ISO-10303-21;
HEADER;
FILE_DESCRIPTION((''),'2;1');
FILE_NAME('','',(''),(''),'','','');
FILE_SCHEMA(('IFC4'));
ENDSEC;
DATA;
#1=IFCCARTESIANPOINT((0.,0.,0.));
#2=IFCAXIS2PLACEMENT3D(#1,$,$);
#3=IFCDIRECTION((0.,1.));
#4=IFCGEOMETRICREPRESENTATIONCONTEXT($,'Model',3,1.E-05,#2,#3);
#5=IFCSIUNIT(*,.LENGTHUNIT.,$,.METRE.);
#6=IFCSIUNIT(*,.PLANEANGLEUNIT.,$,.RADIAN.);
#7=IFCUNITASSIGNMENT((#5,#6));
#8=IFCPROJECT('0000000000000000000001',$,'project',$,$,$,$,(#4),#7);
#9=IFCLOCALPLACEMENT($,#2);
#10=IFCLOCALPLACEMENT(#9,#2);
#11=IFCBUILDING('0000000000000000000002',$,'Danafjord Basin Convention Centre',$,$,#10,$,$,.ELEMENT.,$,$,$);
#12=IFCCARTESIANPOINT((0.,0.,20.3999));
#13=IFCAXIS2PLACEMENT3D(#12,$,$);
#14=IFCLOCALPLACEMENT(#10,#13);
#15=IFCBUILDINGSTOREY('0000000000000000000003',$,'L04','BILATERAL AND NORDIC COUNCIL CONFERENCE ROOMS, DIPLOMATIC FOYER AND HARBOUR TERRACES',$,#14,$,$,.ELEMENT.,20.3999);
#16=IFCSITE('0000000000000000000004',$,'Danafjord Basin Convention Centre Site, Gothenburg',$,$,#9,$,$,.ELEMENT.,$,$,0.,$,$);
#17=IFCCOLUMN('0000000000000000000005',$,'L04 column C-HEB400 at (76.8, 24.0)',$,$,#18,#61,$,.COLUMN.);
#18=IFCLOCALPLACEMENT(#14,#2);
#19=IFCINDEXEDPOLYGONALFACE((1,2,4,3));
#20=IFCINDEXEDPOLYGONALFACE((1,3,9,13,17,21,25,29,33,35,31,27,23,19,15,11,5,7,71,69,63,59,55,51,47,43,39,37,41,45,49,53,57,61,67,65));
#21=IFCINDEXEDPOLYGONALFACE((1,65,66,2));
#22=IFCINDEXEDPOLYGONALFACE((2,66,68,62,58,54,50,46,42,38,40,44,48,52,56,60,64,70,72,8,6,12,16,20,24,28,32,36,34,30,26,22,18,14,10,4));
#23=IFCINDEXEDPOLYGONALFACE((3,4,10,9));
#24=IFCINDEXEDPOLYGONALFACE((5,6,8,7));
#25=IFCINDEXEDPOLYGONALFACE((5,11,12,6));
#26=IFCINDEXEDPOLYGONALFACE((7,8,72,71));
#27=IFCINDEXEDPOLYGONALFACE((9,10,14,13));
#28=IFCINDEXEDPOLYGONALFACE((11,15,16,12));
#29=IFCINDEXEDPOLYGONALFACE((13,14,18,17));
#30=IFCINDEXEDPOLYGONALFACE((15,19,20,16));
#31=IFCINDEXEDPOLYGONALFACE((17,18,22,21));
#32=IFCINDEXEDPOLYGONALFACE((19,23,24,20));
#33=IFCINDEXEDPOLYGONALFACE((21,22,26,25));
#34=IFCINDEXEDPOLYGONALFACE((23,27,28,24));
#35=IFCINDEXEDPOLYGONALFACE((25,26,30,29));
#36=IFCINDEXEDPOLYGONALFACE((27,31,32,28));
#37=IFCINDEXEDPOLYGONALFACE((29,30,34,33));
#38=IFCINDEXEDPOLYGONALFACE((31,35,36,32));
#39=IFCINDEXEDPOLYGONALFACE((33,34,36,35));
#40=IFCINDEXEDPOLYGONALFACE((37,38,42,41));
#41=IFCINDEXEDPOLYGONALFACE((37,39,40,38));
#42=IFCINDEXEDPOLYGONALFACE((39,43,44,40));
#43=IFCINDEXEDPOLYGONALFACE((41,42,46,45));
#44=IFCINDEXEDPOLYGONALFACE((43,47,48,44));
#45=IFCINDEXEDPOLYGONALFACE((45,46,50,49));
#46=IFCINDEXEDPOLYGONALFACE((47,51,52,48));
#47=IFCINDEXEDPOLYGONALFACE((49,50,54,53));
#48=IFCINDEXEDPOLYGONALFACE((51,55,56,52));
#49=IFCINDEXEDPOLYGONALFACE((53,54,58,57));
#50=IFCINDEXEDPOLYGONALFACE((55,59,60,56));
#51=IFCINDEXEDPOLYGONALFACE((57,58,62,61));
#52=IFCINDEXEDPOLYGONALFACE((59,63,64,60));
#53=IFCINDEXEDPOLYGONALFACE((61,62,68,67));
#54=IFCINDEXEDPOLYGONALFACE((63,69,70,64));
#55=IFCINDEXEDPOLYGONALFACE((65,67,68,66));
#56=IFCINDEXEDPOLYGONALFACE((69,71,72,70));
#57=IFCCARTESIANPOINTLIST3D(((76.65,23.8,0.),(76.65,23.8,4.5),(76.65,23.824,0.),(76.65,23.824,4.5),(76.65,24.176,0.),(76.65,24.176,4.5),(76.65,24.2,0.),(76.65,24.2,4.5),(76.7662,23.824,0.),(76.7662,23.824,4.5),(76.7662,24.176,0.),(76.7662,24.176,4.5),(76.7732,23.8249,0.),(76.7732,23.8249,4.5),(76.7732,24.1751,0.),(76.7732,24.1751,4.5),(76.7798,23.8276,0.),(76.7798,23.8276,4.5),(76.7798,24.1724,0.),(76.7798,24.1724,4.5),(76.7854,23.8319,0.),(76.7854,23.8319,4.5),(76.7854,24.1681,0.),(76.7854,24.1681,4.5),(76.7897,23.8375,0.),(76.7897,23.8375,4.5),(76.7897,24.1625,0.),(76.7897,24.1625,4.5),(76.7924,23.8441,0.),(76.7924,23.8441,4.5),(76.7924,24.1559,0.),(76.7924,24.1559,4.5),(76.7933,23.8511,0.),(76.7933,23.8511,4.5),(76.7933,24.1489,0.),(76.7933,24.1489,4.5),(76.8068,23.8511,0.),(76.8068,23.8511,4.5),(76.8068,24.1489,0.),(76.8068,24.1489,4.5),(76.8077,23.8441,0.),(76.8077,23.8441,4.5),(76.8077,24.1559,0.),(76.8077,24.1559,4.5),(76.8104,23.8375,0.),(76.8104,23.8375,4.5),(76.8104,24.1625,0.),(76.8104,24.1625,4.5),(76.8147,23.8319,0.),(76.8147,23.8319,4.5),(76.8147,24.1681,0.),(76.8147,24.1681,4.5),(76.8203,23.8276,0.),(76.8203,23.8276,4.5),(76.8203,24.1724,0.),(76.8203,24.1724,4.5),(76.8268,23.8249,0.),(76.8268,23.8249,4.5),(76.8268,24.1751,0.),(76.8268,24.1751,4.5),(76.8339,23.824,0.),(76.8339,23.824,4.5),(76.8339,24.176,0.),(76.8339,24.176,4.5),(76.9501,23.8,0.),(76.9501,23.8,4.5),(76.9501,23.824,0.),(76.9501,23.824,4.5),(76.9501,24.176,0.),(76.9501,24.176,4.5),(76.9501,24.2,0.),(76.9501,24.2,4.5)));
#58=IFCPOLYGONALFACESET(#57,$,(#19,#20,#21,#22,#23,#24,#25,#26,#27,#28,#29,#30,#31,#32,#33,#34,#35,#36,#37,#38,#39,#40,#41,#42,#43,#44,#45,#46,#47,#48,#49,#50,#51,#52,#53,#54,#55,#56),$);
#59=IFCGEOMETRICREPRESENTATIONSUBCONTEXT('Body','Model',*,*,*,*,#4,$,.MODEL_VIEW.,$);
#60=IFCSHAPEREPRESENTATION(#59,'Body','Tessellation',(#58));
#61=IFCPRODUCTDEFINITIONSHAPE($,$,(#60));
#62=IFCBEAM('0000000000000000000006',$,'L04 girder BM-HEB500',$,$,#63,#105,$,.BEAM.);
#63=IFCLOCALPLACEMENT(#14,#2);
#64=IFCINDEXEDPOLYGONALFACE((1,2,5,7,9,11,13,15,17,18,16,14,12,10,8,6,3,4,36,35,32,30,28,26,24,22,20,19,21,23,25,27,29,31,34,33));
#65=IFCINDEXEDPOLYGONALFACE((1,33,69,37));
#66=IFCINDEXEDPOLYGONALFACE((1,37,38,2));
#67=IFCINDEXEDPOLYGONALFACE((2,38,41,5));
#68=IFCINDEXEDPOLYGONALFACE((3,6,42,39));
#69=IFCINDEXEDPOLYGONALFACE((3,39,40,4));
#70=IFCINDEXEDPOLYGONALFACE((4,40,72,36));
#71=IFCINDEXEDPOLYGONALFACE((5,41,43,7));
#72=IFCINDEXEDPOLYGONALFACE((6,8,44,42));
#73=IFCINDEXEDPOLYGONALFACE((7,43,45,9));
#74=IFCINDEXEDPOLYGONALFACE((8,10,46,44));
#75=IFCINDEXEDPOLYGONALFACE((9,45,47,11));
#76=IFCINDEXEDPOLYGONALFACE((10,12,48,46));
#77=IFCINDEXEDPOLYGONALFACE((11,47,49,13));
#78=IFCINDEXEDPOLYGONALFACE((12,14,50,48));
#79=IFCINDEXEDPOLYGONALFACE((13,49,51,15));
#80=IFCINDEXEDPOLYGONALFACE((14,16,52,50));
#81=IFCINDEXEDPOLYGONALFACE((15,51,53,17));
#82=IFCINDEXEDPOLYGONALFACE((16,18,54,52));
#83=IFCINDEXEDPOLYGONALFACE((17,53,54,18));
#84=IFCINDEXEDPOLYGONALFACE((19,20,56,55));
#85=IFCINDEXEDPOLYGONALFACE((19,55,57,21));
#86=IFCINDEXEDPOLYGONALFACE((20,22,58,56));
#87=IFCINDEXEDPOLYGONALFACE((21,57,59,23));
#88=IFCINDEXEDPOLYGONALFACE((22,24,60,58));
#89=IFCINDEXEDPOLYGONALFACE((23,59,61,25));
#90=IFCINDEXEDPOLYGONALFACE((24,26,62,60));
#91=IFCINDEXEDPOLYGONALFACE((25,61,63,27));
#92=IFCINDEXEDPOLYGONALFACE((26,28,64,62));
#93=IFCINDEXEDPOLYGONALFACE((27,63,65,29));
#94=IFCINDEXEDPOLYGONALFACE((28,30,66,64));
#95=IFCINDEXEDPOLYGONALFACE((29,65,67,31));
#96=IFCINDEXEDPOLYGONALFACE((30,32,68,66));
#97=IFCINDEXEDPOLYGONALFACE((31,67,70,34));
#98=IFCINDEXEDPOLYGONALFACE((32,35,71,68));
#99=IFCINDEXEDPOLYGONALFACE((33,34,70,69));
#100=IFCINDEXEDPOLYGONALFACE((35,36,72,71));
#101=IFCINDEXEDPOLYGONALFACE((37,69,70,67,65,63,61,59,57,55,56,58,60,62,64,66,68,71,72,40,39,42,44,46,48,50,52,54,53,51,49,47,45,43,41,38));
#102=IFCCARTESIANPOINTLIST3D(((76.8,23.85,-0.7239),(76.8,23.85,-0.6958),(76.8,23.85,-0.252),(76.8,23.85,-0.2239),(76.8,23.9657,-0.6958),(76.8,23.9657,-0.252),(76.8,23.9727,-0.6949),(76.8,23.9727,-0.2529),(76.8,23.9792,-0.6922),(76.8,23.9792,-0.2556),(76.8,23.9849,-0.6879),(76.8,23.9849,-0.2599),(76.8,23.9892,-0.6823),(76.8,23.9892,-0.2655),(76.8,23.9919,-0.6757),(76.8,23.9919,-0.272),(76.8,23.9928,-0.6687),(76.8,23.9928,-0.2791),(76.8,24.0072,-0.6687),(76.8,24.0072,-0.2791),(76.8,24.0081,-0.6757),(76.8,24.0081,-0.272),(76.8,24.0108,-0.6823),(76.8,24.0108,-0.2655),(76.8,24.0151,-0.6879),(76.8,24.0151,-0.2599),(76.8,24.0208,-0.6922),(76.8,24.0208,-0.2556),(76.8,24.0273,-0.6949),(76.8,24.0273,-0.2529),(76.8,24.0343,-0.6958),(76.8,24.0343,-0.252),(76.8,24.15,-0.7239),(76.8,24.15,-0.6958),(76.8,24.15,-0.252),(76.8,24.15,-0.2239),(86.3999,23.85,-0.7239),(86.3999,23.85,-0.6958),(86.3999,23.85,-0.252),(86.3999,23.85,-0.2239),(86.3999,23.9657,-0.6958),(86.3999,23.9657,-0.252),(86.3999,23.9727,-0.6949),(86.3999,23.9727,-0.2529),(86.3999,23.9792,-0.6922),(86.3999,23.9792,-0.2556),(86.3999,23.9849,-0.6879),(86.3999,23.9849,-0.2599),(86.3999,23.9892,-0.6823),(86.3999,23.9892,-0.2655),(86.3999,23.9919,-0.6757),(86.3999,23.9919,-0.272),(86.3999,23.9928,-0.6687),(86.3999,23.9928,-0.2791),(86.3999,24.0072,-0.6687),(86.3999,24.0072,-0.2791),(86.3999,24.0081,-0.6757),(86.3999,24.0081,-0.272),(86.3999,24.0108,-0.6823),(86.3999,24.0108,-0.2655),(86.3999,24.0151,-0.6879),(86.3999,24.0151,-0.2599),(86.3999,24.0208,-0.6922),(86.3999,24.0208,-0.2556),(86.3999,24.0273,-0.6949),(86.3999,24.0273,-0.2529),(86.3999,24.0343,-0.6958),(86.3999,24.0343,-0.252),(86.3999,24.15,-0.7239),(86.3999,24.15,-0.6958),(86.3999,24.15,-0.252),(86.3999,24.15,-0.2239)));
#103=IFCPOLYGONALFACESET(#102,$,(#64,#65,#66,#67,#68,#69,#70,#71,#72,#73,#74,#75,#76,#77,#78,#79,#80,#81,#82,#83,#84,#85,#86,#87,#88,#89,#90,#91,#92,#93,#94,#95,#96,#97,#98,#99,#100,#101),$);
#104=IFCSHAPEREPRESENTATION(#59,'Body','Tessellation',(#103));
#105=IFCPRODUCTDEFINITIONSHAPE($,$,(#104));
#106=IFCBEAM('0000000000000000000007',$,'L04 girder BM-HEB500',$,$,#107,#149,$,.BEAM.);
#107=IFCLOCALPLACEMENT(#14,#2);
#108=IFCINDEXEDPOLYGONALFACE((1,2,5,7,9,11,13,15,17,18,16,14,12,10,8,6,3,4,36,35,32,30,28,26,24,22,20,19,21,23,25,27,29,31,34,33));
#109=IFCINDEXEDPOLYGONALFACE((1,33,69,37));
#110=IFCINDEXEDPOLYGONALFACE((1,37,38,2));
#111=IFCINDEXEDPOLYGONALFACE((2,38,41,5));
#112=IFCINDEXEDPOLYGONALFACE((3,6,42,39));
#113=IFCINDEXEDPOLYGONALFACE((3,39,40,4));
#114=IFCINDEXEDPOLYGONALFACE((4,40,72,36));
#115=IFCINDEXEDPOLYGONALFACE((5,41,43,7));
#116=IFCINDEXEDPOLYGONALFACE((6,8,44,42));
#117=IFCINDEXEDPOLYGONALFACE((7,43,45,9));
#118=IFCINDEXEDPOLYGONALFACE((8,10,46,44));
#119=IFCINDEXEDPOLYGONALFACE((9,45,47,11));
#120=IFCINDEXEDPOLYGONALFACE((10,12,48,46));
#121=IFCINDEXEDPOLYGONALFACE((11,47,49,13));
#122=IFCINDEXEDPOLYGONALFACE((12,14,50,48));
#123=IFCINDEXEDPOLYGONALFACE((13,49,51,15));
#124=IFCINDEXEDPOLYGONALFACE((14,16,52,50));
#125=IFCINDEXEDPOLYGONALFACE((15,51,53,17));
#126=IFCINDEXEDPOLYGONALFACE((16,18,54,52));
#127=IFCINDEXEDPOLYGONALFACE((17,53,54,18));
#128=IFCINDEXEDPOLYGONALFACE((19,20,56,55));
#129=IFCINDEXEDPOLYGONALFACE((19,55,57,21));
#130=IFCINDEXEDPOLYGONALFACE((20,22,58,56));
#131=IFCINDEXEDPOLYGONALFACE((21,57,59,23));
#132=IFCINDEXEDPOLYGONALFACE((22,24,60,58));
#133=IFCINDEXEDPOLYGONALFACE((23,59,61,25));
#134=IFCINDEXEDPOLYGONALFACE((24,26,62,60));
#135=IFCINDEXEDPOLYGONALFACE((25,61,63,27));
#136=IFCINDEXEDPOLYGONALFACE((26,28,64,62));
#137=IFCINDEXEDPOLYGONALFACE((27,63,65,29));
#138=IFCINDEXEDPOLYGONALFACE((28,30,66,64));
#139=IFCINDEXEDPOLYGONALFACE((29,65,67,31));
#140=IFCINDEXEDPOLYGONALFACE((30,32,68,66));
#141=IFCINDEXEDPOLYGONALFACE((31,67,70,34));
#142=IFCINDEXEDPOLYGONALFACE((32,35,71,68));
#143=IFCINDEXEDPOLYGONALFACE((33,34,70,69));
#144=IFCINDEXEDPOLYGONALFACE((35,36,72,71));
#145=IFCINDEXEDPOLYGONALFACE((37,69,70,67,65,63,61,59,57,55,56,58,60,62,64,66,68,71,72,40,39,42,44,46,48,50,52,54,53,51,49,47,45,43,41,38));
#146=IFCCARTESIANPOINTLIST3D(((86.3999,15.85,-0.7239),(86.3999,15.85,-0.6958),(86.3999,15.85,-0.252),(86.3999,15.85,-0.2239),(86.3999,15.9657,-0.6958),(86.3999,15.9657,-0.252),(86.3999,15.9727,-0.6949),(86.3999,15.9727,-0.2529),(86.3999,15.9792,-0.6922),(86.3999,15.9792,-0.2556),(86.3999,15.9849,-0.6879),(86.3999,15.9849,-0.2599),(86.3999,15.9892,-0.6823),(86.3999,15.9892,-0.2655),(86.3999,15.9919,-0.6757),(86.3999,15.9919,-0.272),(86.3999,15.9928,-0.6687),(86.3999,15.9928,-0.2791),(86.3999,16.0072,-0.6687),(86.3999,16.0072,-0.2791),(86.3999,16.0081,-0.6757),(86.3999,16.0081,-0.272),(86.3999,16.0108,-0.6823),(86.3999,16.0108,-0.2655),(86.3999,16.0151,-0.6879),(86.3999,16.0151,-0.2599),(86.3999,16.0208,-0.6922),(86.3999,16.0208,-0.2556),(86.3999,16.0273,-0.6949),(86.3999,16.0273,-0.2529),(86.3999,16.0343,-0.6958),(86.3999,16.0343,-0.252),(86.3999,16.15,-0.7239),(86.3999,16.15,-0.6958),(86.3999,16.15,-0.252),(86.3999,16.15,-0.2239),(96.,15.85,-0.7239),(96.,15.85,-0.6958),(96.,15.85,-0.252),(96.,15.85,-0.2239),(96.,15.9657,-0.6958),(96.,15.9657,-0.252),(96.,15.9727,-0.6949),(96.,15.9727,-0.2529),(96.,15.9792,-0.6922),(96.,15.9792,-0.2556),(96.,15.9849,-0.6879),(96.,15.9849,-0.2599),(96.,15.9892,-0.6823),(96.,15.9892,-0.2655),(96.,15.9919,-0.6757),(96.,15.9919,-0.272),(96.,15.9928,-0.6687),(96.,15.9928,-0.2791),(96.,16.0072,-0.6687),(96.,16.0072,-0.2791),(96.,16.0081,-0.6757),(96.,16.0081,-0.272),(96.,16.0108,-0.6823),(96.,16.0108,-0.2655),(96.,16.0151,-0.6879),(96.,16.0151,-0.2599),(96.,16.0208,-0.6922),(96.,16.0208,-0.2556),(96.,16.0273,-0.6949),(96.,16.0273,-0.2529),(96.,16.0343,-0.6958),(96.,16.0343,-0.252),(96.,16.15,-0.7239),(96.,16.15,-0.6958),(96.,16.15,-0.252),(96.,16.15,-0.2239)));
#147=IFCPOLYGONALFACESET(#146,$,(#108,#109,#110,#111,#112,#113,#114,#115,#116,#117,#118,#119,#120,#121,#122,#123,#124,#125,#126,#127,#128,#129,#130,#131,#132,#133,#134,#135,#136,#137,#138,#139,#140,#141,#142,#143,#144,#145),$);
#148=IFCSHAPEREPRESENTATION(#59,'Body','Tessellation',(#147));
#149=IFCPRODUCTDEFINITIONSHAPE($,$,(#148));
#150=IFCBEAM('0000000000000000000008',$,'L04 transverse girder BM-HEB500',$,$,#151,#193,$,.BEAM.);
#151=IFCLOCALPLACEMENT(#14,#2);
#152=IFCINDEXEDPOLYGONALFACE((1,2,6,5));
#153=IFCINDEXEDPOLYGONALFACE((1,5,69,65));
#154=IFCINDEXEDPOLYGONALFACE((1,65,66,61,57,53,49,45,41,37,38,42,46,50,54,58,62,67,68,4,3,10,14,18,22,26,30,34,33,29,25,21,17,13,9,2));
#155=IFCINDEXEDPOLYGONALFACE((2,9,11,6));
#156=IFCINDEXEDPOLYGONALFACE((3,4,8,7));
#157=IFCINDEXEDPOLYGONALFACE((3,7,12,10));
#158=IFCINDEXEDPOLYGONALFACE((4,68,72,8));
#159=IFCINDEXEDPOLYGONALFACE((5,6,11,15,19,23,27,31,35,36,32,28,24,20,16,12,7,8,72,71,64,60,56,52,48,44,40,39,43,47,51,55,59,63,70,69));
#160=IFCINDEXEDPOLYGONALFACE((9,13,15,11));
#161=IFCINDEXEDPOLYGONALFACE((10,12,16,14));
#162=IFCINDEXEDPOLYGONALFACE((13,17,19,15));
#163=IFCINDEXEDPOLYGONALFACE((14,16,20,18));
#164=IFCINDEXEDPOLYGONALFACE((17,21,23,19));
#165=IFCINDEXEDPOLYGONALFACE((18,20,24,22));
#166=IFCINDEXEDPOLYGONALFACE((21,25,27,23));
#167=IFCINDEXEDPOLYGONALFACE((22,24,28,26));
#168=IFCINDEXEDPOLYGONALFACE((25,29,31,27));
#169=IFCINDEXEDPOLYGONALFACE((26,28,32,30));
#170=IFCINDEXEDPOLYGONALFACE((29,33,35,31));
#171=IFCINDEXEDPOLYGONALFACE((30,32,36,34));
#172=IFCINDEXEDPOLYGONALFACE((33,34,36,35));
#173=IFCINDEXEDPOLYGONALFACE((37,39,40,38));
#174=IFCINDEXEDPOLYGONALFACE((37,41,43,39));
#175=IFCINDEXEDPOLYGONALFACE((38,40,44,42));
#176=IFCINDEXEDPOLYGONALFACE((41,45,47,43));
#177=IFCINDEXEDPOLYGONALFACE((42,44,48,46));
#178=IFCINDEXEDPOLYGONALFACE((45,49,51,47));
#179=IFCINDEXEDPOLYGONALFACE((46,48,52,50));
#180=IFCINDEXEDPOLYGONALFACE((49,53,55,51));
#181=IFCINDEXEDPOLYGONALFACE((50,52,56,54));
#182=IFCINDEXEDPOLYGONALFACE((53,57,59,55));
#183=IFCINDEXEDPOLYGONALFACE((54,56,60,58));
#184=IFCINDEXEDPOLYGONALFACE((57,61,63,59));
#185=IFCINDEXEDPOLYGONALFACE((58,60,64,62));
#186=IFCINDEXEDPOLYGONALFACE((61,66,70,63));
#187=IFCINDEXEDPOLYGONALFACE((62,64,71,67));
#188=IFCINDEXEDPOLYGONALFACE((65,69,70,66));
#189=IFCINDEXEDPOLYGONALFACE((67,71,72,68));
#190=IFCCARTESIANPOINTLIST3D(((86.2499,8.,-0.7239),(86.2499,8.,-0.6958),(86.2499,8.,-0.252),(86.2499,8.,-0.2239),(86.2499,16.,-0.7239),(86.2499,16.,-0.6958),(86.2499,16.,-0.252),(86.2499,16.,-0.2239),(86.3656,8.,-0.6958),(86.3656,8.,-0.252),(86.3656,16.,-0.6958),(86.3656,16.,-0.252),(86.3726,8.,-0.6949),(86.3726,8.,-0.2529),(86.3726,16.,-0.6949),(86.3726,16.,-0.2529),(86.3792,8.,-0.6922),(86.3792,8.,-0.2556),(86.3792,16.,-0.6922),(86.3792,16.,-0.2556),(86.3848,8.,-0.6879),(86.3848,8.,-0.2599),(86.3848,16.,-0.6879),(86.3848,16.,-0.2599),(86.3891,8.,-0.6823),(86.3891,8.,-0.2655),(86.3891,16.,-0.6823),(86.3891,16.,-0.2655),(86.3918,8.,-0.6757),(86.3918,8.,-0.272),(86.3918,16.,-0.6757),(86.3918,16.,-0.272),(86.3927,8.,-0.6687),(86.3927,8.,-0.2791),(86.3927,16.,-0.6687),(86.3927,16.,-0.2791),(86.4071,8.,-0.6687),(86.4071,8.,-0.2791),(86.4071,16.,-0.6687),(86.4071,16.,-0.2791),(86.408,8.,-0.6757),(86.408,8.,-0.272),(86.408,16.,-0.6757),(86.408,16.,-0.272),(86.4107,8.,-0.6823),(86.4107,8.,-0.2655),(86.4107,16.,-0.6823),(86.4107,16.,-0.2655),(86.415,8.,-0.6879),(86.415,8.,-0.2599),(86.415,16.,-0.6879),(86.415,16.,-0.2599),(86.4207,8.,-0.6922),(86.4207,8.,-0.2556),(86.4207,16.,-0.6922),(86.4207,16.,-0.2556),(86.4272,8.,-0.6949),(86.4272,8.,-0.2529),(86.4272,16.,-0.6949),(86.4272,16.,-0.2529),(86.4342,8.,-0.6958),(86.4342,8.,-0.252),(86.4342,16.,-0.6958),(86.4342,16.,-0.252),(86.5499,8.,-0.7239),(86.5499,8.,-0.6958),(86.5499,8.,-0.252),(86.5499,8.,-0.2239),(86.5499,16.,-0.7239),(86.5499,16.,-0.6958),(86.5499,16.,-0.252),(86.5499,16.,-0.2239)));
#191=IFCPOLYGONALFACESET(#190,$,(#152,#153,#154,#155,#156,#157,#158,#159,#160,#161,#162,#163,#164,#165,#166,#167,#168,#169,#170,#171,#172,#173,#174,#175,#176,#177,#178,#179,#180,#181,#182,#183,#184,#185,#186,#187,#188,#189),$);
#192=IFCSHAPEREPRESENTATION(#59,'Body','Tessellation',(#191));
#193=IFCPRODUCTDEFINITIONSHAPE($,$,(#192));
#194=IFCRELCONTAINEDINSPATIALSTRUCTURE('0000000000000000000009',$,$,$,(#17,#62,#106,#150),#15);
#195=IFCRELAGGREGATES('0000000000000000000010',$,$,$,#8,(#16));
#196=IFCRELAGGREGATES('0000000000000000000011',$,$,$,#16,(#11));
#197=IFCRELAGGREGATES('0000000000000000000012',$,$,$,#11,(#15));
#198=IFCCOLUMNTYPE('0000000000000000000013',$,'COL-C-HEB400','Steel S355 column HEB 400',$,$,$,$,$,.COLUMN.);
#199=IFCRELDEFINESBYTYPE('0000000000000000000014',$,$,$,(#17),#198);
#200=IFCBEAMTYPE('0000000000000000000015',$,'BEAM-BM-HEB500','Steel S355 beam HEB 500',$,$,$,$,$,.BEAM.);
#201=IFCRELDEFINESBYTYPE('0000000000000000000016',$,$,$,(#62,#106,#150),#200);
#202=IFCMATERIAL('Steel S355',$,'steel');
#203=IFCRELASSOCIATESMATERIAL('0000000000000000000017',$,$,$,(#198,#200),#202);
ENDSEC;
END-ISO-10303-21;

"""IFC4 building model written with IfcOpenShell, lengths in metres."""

from ifc_helpers import new_model, si_unit, direction, frame, origin, origin_2d, place, context, subcontext, project, spatial, i_section, extrude, material, material_profile, profile_set, type_object, element, save


model = new_model("IFC4")

# Units and contexts
model_context = context("Model", 3, precision=1e-05, world=origin(), true_north=direction((0.0, 1.0)))
body_context = subcontext(model_context, "Body", "Model", "MODEL_VIEW")
ifc_project = project(units=[si_unit("LENGTHUNIT", "METRE"), si_unit("PLANEANGLEUNIT", "RADIAN")], contexts=[model_context])

# Site, building, storey
site_placement = place(None, origin())
site = spatial("IfcSite", under=ifc_project, at=site_placement, Name="Danafjord Basin Convention Centre Site, Gothenburg", CompositionType="ELEMENT", RefElevation=0.0)
building_placement = place(site_placement, origin())
building = spatial("IfcBuilding", under=site, at=building_placement, Name="Danafjord Basin Convention Centre", CompositionType="ELEMENT")
storey_placement = place(building_placement, frame((0.0, 0.0, 20.3999)))
storey = spatial("IfcBuildingStorey", under=building, at=storey_placement, Name="L04", Description="BILATERAL AND NORDIC COUNCIL CONFERENCE ROOMS, DIPLOMATIC FOYER AND HARBOUR TERRACES", CompositionType="ELEMENT", Elevation=20.3999)

# Column
ifc_material_1 = material(Name="Steel S355", Category="steel")
ifc_material_profile_1 = material_profile(ifc_material_1, i_section(OverallWidth=0.3, OverallDepth=0.3999, WebThickness=0.0134, FlangeThickness=0.0239, FilletRadius=0.0271, at=origin_2d()), Name="HEB 400")
ifc_profile_set_1 = profile_set([ifc_material_profile_1], Name="Steel S355")
column_type_1 = type_object("IfcColumnType", Name="COL-C-HEB400", Description="Steel S355 column HEB 400", PredefinedType="COLUMN", material=ifc_profile_set_1)
column_1_placement = place(storey_placement, frame((76.8, 24.0, 0.0), z_axis=(0.0, 0.0, 1.0), x_axis=(1.0, 0.0, 0.0)))
element("IfcColumn", 1, at=column_1_placement, inside=storey, type_object=column_type_1, Name="L04 column C-HEB400 at (76.8, 24.0)", PredefinedType="COLUMN", context=body_context, shape_type="SweptSolid", body=[
    extrude(i_section(OverallWidth=0.3, OverallDepth=0.3999, WebThickness=0.0134, FlangeThickness=0.0239, FilletRadius=0.0271, at=origin_2d()), origin(), (0.0, 0.0, 1.0), 4.5),
])

# Beams
ifc_material_profile_2 = material_profile(ifc_material_1, i_section(OverallWidth=0.3, OverallDepth=0.5, WebThickness=0.0144, FlangeThickness=0.0281, FilletRadius=0.0271, at=origin_2d()), Name="HEB 500")
ifc_profile_set_2 = profile_set([ifc_material_profile_2], Name="Steel S355")
beam_type_1 = type_object("IfcBeamType", Name="BEAM-BM-HEB500", Description="Steel S355 beam HEB 500", PredefinedType="BEAM", material=ifc_profile_set_2)
beam_1_placement = place(storey_placement, frame((76.8, 24.0, -0.4739), z_axis=(1.0, 0.0, 0.0), x_axis=(0.0, 1.0, 0.0)))
element("IfcBeam", 2, at=beam_1_placement, inside=storey, type_object=beam_type_1, Name="L04 girder BM-HEB500", PredefinedType="BEAM", context=body_context, shape_type="SweptSolid", body=[
    extrude(i_section(OverallWidth=0.3, OverallDepth=0.5, WebThickness=0.0144, FlangeThickness=0.0281, FilletRadius=0.0271, at=origin_2d()), origin(), (0.0, 0.0, 1.0), 9.5999),
])
beam_2_placement = place(storey_placement, frame((86.3999, 16.0, -0.4739), z_axis=(1.0, 0.0, 0.0), x_axis=(0.0, 1.0, 0.0)))
element("IfcBeam", 3, at=beam_2_placement, inside=storey, type_object=beam_type_1, Name="L04 girder BM-HEB500", PredefinedType="BEAM", context=body_context, shape_type="SweptSolid", body=[
    extrude(i_section(OverallWidth=0.3, OverallDepth=0.5, WebThickness=0.0144, FlangeThickness=0.0281, FilletRadius=0.0271, at=origin_2d()), origin(), (0.0, 0.0, 1.0), 9.6001),
])
beam_3_placement = place(storey_placement, frame((86.3999, 8.0, -0.4739), z_axis=(0.0, 1.0, 0.0), x_axis=(-1.0, 0.0, 0.0)))
element("IfcBeam", 4, at=beam_3_placement, inside=storey, type_object=beam_type_1, Name="L04 transverse girder BM-HEB500", PredefinedType="BEAM", context=body_context, shape_type="SweptSolid", body=[
    extrude(i_section(OverallWidth=0.3, OverallDepth=0.5, WebThickness=0.0144, FlangeThickness=0.0281, FilletRadius=0.0271, at=origin_2d()), origin(), (0.0, 0.0, 1.0), 8.0),
])

save(model, "model.ifc")
